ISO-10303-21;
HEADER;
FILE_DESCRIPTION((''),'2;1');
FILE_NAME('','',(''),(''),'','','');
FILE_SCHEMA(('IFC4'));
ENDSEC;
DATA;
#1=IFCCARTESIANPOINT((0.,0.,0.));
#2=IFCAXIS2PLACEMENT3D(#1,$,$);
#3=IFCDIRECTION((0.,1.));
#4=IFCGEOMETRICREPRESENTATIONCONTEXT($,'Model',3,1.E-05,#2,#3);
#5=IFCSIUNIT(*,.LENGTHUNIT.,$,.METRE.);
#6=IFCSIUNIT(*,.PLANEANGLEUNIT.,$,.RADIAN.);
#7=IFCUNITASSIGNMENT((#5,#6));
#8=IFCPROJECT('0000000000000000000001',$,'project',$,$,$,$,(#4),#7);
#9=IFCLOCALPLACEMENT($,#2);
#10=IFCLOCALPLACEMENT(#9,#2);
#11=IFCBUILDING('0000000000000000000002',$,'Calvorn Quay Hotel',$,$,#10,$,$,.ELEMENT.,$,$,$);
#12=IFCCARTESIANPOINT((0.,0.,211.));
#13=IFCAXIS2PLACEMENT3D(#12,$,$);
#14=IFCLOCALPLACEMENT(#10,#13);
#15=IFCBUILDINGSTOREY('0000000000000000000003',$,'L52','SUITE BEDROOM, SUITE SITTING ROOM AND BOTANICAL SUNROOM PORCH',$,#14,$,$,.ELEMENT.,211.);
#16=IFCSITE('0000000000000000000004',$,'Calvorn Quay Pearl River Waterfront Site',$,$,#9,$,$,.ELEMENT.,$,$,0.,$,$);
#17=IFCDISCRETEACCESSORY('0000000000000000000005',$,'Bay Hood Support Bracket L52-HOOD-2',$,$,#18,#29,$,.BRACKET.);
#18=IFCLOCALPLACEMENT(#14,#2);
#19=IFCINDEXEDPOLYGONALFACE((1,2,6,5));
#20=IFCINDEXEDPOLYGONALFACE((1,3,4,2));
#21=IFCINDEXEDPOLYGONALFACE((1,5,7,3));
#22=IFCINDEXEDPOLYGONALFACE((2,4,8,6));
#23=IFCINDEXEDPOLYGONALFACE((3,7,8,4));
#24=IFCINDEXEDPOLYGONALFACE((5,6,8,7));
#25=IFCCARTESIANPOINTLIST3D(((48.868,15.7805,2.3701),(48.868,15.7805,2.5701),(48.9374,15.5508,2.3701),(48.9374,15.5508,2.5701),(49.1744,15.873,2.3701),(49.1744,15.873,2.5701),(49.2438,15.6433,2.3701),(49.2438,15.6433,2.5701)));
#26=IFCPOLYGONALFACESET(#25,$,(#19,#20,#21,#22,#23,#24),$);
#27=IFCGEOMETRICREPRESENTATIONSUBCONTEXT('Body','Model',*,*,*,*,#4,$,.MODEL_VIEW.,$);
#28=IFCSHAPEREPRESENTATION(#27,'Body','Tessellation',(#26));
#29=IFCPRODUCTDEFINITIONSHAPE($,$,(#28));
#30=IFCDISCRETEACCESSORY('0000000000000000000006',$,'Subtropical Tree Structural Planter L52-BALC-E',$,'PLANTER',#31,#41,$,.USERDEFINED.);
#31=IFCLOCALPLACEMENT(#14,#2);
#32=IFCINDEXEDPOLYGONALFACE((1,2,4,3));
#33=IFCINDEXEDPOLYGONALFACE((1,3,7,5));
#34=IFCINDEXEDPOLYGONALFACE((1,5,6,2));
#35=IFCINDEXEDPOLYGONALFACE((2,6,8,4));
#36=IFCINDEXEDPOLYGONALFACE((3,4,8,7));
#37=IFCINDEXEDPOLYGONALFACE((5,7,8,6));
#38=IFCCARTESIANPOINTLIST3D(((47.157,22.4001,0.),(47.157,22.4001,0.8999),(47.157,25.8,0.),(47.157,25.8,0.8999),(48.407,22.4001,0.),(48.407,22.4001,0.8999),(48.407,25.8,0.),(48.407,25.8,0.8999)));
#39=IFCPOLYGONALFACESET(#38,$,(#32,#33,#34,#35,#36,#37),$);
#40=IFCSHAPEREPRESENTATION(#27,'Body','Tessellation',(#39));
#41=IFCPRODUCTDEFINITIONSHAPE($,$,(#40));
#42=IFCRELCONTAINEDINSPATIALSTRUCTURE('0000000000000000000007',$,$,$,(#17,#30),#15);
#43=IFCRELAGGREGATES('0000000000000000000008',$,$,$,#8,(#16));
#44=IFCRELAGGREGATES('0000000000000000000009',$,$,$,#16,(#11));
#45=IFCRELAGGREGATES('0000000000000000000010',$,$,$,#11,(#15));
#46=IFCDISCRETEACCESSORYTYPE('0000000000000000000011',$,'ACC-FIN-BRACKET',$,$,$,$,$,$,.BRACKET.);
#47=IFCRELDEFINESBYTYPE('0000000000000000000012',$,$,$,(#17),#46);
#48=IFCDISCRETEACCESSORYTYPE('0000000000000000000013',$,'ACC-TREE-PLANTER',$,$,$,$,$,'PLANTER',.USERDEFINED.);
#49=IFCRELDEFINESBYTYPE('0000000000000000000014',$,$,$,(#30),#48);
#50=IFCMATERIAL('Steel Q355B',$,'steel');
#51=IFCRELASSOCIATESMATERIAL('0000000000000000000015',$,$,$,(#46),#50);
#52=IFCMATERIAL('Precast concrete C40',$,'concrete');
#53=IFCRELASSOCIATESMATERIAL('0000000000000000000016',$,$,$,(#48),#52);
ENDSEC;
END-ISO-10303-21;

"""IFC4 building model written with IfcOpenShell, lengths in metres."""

from ifc_helpers import new_model, si_unit, direction, frame, origin, origin_2d, place, context, subcontext, project, spatial, rectangle, extrude, material, type_object, element, save


model = new_model("IFC4")

# Units and contexts
model_context = context("Model", 3, precision=1e-05, world=origin(), true_north=direction((0.0, 1.0)))
body_context = subcontext(model_context, "Body", "Model", "MODEL_VIEW")
ifc_project = project(units=[si_unit("LENGTHUNIT", "METRE"), si_unit("PLANEANGLEUNIT", "RADIAN")], contexts=[model_context])

# Site, building, storey
site_placement = place(None, origin())
site = spatial("IfcSite", under=ifc_project, at=site_placement, Name="Calvorn Quay Pearl River Waterfront Site", CompositionType="ELEMENT", RefElevation=0.0)
building_placement = place(site_placement, origin())
building = spatial("IfcBuilding", under=site, at=building_placement, Name="Calvorn Quay Hotel", CompositionType="ELEMENT")
storey_placement = place(building_placement, frame((0.0, 0.0, 211.0)))
storey = spatial("IfcBuildingStorey", under=building, at=storey_placement, Name="L52", Description="SUITE BEDROOM, SUITE SITTING ROOM AND BOTANICAL SUNROOM PORCH", CompositionType="ELEMENT", Elevation=211.0)

# Discrete accessories
ifc_material_1 = material(Name="Steel Q355B", Category="steel")
discrete_accessory_type_1 = type_object("IfcDiscreteAccessoryType", Name="ACC-FIN-BRACKET", PredefinedType="BRACKET", material=ifc_material_1)
discrete_accessory_1_placement = place(storey_placement, frame((49.0559, 15.7119, 2.3701), z_axis=(0.0, 0.0, 1.0), x_axis=(0.957319, 0.289032, 0.0)))
element("IfcDiscreteAccessory", 1, at=discrete_accessory_1_placement, inside=storey, type_object=discrete_accessory_type_1, Name="Bay Hood Support Bracket L52-HOOD-2", PredefinedType="BRACKET", context=body_context, shape_type="SweptSolid", body=[
    extrude(rectangle(XDim=0.3201, YDim=0.24, at=origin_2d()), origin(), (0.0, 0.0, 1.0), 0.2),
])
ifc_material_2 = material(Name="Precast concrete C40", Category="concrete")
discrete_accessory_type_2 = type_object("IfcDiscreteAccessoryType", Name="ACC-TREE-PLANTER", ElementType="PLANTER", PredefinedType="USERDEFINED", material=ifc_material_2)
discrete_accessory_2_placement = place(storey_placement, frame((47.782, 24.1001, 0.0), z_axis=(0.0, 0.0, 1.0), x_axis=(1.0, 0.0, 0.0)))
element("IfcDiscreteAccessory", 2, at=discrete_accessory_2_placement, inside=storey, type_object=discrete_accessory_type_2, Name="Subtropical Tree Structural Planter L52-BALC-E", ObjectType="PLANTER", PredefinedType="USERDEFINED", context=body_context, shape_type="SweptSolid", body=[
    extrude(rectangle(XDim=1.25, YDim=3.3999, at=origin_2d()), origin(), (0.0, 0.0, 1.0), 0.8999),
])

save(model, "model.ifc")
